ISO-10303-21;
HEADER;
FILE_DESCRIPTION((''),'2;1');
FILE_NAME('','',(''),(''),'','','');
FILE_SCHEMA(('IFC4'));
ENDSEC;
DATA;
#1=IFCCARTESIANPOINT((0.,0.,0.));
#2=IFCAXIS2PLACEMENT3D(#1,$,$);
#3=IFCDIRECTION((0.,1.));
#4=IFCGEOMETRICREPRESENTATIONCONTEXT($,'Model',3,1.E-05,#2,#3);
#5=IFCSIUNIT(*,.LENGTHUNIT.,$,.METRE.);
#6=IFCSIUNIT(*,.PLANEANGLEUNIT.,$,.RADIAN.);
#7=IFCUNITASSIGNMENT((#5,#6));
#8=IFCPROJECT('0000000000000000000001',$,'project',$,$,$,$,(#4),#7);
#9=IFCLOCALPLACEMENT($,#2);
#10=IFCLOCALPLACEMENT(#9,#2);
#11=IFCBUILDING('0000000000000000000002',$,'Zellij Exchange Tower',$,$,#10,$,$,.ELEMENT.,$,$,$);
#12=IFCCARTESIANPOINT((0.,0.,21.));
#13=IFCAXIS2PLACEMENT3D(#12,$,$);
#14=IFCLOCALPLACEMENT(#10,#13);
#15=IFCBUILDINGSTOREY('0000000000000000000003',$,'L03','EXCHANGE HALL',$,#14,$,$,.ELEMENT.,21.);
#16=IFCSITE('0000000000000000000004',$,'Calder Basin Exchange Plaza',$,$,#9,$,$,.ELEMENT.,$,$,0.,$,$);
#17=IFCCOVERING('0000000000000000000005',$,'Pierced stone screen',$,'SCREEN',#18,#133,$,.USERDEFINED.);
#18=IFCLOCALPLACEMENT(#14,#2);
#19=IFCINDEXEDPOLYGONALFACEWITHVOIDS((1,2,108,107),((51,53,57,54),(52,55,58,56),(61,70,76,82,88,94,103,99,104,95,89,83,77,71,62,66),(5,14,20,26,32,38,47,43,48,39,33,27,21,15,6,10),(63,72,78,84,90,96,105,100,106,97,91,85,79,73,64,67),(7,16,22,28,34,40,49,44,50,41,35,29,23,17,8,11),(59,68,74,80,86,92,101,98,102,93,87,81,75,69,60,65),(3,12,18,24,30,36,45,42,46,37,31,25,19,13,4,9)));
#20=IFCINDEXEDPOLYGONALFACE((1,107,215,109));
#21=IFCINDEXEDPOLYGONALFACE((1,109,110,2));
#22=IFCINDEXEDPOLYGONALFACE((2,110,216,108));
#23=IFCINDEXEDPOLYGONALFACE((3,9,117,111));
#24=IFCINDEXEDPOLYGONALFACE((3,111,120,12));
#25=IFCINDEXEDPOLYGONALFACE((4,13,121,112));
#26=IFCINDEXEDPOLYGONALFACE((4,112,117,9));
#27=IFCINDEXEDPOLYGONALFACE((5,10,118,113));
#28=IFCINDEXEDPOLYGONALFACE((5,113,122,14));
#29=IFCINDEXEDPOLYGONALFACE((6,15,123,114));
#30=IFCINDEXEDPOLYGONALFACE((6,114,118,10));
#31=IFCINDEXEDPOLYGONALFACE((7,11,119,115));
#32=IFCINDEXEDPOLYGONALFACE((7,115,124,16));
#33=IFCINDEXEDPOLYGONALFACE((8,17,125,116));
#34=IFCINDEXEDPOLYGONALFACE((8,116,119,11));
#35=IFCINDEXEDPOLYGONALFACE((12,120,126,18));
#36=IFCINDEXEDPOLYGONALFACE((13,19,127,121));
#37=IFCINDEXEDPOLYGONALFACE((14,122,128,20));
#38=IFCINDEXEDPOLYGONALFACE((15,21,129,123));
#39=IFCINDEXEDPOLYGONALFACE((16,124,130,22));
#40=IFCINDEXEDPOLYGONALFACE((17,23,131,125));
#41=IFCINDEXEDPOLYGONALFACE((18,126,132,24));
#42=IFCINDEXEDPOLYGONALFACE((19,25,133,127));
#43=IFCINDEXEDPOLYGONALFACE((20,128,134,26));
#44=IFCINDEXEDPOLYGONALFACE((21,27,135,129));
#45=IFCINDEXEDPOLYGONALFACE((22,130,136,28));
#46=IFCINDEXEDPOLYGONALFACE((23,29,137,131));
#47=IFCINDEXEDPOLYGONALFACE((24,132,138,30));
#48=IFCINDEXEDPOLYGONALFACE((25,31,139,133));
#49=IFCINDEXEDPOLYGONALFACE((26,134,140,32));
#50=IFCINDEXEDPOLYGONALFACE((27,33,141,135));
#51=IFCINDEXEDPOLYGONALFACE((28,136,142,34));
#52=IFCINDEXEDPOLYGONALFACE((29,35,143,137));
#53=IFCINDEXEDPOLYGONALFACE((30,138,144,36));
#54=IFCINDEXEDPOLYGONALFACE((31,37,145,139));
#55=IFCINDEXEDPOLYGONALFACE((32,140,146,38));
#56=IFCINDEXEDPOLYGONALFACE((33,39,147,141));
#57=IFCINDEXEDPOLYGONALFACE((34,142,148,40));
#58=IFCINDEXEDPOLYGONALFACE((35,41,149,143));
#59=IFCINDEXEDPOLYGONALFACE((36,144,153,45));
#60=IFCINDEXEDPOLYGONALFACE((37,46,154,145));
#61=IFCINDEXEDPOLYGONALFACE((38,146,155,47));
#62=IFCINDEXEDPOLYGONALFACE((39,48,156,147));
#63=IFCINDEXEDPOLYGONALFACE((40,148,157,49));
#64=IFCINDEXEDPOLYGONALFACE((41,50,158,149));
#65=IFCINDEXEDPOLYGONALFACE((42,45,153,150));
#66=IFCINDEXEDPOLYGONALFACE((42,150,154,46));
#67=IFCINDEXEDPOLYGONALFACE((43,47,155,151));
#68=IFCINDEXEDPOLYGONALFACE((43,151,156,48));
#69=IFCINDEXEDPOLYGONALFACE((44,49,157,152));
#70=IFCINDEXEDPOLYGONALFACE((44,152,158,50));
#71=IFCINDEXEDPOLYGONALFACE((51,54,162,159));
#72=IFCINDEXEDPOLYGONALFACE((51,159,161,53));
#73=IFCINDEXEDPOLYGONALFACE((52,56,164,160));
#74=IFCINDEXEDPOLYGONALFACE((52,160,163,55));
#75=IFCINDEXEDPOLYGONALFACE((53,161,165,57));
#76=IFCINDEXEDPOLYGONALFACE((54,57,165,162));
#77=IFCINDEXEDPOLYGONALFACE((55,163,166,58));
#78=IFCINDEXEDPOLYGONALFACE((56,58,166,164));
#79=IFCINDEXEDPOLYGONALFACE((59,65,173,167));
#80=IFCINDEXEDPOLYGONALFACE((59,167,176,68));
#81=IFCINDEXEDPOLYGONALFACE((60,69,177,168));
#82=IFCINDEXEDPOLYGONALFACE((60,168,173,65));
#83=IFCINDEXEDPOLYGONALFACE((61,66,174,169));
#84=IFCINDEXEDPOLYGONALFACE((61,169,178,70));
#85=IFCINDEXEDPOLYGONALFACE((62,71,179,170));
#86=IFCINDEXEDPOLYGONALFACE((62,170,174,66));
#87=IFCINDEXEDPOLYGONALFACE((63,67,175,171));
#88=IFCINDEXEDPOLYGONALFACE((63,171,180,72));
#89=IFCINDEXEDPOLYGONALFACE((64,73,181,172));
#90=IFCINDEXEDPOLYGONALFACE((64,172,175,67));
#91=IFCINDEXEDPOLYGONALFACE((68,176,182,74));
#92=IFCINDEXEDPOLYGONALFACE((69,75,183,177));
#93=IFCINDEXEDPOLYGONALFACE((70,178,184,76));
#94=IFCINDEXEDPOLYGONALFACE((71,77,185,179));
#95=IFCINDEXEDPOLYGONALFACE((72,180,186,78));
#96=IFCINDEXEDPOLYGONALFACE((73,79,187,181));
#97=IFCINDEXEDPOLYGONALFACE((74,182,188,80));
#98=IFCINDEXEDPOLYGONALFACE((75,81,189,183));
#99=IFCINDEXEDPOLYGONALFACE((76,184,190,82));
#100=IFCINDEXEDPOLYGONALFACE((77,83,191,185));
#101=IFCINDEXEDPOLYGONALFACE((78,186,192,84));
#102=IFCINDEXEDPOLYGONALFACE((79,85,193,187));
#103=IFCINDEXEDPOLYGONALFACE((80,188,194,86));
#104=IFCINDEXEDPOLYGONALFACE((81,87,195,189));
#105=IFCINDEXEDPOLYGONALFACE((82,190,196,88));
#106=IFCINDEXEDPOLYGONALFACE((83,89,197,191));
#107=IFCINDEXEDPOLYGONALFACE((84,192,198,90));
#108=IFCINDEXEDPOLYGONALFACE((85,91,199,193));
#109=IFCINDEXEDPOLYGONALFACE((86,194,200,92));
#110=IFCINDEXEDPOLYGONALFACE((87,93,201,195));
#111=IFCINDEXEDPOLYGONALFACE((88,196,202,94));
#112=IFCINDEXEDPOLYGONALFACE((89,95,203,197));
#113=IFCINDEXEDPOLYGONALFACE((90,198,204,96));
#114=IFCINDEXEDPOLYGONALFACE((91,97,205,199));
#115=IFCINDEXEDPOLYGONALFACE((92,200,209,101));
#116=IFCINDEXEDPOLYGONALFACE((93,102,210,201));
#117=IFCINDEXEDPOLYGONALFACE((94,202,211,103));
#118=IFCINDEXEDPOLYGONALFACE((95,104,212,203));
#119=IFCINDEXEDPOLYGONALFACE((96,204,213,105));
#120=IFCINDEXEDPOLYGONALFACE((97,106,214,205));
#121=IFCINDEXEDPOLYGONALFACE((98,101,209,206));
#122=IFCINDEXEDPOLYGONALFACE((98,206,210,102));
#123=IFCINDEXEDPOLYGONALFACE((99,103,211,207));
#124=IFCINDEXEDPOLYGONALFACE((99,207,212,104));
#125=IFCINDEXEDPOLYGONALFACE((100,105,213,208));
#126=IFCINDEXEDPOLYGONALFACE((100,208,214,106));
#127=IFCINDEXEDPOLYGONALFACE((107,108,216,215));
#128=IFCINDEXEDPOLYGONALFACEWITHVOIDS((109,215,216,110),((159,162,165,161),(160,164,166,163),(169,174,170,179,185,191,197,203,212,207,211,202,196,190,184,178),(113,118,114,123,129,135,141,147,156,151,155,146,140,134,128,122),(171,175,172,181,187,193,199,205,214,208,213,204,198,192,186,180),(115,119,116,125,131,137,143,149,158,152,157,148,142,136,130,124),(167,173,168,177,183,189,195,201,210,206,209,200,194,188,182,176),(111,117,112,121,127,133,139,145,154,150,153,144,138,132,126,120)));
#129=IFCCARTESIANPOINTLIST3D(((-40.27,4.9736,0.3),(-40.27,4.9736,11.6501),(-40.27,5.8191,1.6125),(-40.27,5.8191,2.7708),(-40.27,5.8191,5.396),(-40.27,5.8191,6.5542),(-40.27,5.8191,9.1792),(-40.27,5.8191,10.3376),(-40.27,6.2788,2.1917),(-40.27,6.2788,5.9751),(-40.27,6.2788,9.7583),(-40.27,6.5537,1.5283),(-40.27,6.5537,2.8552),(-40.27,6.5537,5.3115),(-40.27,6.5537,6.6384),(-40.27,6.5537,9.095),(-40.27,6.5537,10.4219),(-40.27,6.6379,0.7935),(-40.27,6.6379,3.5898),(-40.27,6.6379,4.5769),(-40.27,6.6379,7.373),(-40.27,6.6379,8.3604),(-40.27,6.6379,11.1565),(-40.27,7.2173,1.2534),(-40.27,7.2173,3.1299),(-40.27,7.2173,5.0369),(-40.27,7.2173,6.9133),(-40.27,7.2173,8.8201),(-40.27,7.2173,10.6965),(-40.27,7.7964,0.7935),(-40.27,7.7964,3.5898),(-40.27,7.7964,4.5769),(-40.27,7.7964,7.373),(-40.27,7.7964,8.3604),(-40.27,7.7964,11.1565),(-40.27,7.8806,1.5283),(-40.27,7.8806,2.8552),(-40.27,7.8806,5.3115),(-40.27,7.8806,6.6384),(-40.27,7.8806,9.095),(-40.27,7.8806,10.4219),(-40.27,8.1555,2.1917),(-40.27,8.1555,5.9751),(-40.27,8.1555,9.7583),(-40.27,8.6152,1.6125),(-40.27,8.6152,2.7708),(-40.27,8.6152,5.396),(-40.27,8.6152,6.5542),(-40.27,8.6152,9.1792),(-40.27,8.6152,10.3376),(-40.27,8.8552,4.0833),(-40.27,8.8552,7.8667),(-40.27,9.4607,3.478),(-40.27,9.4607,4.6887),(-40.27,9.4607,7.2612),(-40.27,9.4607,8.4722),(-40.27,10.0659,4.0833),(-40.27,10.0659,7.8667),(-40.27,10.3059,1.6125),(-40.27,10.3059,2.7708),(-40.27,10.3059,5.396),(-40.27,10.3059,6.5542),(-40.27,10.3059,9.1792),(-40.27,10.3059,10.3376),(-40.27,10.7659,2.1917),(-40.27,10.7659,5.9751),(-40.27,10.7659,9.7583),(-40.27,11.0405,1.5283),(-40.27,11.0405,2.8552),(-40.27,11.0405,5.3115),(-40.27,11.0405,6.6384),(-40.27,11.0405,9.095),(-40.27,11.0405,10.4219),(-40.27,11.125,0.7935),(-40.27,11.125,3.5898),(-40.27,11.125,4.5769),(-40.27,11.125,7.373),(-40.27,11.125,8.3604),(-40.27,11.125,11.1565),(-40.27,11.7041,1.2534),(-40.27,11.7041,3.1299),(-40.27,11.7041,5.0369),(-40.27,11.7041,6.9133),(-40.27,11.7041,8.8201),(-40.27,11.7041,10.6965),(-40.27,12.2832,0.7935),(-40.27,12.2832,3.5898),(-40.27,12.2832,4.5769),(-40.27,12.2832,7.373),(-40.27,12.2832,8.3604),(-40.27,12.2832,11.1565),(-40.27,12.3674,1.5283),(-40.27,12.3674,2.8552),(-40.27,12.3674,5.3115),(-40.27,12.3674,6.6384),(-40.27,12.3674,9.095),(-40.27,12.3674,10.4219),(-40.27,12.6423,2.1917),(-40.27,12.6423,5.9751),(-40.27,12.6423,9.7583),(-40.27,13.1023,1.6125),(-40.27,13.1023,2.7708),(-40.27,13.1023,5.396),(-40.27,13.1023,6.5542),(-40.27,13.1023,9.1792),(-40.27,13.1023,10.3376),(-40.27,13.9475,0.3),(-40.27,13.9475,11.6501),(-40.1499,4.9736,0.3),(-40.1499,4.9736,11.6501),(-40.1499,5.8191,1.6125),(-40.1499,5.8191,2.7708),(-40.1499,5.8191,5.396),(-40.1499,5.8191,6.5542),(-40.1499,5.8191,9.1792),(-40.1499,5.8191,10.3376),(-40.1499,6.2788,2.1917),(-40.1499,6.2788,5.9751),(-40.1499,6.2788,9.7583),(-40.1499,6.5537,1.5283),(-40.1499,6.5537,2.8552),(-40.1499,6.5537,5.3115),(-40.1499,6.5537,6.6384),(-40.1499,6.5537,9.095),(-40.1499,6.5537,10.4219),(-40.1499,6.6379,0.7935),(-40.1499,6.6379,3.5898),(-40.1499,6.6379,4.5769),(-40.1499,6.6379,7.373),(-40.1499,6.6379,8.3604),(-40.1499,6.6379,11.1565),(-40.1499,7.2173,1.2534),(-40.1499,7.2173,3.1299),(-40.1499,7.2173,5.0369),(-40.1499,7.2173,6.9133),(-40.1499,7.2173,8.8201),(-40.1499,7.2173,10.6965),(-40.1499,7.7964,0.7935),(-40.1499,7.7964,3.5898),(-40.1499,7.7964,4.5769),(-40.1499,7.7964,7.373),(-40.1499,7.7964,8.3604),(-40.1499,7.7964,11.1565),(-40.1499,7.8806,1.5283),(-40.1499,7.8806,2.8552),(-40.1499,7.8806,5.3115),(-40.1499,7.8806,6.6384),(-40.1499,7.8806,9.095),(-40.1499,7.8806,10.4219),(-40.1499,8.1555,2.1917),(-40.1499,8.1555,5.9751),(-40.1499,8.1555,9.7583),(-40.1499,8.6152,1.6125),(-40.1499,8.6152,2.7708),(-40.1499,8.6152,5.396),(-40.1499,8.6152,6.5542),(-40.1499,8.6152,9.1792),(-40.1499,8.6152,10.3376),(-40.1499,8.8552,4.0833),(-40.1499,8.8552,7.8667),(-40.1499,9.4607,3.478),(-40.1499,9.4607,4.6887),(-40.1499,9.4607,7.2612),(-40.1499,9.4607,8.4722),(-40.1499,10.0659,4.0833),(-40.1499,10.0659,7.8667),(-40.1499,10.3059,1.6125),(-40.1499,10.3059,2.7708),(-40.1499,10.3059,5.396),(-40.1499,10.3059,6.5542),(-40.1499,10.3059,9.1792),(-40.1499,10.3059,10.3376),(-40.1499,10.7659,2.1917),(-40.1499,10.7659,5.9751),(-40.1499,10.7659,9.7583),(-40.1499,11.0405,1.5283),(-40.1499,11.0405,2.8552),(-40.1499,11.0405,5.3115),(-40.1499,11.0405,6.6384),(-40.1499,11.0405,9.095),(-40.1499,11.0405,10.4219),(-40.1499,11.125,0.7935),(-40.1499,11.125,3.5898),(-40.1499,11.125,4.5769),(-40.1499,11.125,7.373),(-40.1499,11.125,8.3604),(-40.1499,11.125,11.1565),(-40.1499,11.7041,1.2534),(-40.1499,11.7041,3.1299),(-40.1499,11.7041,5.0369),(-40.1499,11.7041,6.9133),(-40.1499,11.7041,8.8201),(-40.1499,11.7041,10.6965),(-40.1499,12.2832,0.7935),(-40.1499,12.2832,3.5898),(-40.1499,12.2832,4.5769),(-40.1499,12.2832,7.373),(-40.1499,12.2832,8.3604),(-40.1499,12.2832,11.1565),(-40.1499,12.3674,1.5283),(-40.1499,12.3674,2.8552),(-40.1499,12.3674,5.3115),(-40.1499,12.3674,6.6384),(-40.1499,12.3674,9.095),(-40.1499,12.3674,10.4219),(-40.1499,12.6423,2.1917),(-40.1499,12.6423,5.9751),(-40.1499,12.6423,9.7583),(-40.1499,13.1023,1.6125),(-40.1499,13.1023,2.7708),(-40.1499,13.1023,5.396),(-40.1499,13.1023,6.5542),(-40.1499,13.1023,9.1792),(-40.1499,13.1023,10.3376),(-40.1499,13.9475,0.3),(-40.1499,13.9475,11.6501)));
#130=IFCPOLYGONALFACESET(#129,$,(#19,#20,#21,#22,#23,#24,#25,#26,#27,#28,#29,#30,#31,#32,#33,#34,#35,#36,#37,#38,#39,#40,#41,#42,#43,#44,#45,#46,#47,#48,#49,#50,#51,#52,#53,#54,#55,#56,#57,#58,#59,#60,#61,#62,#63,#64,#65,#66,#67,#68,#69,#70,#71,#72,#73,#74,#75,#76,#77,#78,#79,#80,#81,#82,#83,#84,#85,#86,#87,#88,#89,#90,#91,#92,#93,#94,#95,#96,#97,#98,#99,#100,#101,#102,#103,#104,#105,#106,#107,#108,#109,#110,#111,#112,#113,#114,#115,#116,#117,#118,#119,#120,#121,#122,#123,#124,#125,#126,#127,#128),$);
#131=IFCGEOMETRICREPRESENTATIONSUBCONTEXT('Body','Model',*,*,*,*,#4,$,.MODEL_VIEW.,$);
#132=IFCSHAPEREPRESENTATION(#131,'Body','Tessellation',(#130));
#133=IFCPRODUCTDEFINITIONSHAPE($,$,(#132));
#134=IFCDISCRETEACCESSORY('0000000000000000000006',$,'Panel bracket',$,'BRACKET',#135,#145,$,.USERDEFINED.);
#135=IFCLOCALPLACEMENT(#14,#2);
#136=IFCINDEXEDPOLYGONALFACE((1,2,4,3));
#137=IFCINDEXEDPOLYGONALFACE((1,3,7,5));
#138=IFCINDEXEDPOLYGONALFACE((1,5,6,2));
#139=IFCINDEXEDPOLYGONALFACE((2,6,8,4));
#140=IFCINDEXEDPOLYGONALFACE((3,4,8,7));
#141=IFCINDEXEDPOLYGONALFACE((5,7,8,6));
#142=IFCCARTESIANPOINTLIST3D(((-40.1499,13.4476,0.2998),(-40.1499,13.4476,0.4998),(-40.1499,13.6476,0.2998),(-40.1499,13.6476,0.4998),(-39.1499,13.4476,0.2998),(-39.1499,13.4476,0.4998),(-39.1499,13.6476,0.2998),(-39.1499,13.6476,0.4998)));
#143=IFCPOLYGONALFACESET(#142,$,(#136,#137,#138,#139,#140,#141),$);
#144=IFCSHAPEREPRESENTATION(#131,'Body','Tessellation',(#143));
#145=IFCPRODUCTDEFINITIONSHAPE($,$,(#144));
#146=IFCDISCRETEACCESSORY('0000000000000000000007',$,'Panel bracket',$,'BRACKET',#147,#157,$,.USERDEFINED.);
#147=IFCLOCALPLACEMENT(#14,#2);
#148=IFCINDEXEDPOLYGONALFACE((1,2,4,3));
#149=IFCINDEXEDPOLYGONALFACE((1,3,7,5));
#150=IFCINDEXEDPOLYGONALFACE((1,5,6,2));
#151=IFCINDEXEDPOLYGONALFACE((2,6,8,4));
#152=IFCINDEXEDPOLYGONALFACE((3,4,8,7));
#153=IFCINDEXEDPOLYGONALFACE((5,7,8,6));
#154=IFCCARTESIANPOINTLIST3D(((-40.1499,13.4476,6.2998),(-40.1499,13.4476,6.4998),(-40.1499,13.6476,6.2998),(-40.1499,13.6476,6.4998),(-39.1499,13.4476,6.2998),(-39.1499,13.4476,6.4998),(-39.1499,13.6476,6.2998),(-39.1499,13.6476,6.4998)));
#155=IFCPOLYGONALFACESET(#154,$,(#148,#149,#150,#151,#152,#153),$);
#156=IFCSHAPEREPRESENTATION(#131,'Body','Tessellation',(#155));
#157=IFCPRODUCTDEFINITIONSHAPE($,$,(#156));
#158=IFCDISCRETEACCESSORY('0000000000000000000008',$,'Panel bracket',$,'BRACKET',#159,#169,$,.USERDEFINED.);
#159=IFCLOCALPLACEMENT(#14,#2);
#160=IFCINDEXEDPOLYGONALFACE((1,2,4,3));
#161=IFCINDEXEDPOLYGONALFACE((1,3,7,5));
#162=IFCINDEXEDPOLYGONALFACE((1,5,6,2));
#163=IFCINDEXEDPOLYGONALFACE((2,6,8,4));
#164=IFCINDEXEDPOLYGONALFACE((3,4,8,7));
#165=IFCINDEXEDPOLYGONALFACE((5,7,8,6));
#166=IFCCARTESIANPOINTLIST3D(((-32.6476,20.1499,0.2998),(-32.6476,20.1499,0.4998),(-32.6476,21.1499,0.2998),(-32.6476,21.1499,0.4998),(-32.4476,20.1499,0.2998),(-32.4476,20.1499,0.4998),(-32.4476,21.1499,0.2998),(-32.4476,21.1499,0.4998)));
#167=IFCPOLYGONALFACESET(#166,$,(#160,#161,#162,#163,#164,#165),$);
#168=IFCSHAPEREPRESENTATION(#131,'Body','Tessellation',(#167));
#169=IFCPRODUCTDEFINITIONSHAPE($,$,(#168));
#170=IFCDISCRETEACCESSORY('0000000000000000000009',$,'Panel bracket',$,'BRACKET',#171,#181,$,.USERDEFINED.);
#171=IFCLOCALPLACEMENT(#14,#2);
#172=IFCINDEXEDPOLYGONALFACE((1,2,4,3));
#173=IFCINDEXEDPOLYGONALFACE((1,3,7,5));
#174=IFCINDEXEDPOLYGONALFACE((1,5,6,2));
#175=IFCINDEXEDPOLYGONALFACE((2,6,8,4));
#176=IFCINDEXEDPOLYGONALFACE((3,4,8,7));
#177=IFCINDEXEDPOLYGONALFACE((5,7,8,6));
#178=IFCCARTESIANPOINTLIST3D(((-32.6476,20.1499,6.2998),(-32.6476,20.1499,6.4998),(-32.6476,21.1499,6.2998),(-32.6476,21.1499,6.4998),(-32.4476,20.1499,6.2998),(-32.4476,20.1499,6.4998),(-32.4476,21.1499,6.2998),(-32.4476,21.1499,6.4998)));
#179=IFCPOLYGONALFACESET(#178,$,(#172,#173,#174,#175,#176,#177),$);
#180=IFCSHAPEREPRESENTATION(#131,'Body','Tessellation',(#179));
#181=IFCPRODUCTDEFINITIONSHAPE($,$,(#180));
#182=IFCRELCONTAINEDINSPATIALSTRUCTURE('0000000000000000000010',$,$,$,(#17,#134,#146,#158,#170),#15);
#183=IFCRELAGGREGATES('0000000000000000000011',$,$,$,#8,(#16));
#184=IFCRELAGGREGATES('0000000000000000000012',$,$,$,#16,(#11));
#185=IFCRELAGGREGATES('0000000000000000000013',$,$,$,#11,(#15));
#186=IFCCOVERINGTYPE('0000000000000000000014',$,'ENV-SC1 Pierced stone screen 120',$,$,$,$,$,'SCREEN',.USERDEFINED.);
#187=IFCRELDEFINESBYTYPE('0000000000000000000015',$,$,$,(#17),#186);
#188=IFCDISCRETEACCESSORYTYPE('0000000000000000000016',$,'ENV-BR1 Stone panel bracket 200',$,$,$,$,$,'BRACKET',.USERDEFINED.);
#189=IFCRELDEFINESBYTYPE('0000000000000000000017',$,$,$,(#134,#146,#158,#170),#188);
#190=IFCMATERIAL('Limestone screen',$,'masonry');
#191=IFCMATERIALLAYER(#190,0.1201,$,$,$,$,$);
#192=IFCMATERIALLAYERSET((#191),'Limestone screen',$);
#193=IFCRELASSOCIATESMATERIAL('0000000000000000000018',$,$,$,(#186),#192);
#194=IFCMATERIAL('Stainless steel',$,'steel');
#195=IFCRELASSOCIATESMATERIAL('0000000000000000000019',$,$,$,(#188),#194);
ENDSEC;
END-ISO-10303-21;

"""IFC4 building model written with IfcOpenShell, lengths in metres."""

from ifc_helpers import new_model, si_unit, direction, frame, origin, origin_2d, place, context, subcontext, project, spatial, polyline, rectangle, outline, extrude, material, layer, layer_set, type_object, element, save


model = new_model("IFC4")

# Units and contexts
model_context = context("Model", 3, precision=1e-05, world=origin(), true_north=direction((0.0, 1.0)))
body_context = subcontext(model_context, "Body", "Model", "MODEL_VIEW")
ifc_project = project(units=[si_unit("LENGTHUNIT", "METRE"), si_unit("PLANEANGLEUNIT", "RADIAN")], contexts=[model_context])

# Site, building, storey
site_placement = place(None, origin())
site = spatial("IfcSite", under=ifc_project, at=site_placement, Name="Calder Basin Exchange Plaza", CompositionType="ELEMENT", RefElevation=0.0)
building_placement = place(site_placement, origin())
building = spatial("IfcBuilding", under=site, at=building_placement, Name="Zellij Exchange Tower", CompositionType="ELEMENT")
storey_placement = place(building_placement, frame((0.0, 0.0, 21.0)))
storey = spatial("IfcBuildingStorey", under=building, at=storey_placement, Name="L03", Description="EXCHANGE HALL", CompositionType="ELEMENT", Elevation=21.0)

# Covering
ifc_material_1 = material(Name="Limestone screen", Category="masonry")
ifc_layer_1 = layer(ifc_material_1, 0.1201)
ifc_layer_set_1 = layer_set([ifc_layer_1], Name="Limestone screen")
covering_type = type_object("IfcCoveringType", Name="ENV-SC1 Pierced stone screen 120", ElementType="SCREEN", PredefinedType="USERDEFINED", material=ifc_layer_set_1)
covering_placement = place(storey_placement, frame((-40.21, 13.9475, 0.3), z_axis=(0.0, 0.0, 1.0), x_axis=(0.0, -1.0, 0.0)))
element("IfcCovering", 1, at=covering_placement, inside=storey, type_object=covering_type, Name="Pierced stone screen", ObjectType="SCREEN", PredefinedType="USERDEFINED", context=body_context, shape_type="SweptSolid", body=[
    extrude(outline(polyline([(0.0, 0.0), (8.9739, 0.0), (8.9739, 11.3501), (0.0, 11.3501), (0.0, 0.0)]), holes=[polyline([(3.6416, 2.4707), (2.907, 2.5552), (2.8225, 3.2898), (2.2434, 2.8298), (1.6643, 3.2898), (1.5801, 2.5552), (0.8452, 2.4707), (1.3052, 1.8916), (0.8452, 1.3125), (1.5801, 1.2283), (1.6643, 0.4934), (2.2434, 0.9534), (2.8225, 0.4934), (2.907, 1.2283), (3.6416, 1.3125), (3.1816, 1.8916), (3.6416, 2.4707)]), polyline([(3.6416, 6.2542), (2.907, 6.3384), (2.8225, 7.073), (2.2434, 6.6133), (1.6643, 7.073), (1.5801, 6.3384), (0.8452, 6.2542), (1.3052, 5.675), (0.8452, 5.0959), (1.5801, 5.0115), (1.6643, 4.2769), (2.2434, 4.7368), (2.8225, 4.2769), (2.907, 5.0115), (3.6416, 5.0959), (3.1816, 5.675), (3.6416, 6.2542)]), polyline([(3.6416, 10.0376), (2.907, 10.1218), (2.8225, 10.8564), (2.2434, 10.3965), (1.6643, 10.8564), (1.5801, 10.1218), (0.8452, 10.0376), (1.3052, 9.4583), (0.8452, 8.8792), (1.5801, 8.7949), (1.6643, 8.0603), (2.2434, 8.52), (2.8225, 8.0603), (2.907, 8.7949), (3.6416, 8.8792), (3.1816, 9.4583), (3.6416, 10.0376)]), polyline([(8.1284, 2.4707), (7.3938, 2.5552), (7.3096, 3.2898), (6.7302, 2.8298), (6.1511, 3.2898), (6.0669, 2.5552), (5.3323, 2.4707), (5.792, 1.8916), (5.3323, 1.3125), (6.0669, 1.2283), (6.1511, 0.4934), (6.7302, 0.9534), (7.3096, 0.4934), (7.3938, 1.2283), (8.1284, 1.3125), (7.6687, 1.8916), (8.1284, 2.4707)]), polyline([(8.1284, 6.2542), (7.3938, 6.3384), (7.3096, 7.073), (6.7302, 6.6133), (6.1511, 7.073), (6.0669, 6.3384), (5.3323, 6.2542), (5.792, 5.675), (5.3323, 5.0959), (6.0669, 5.0115), (6.1511, 4.2769), (6.7302, 4.7368), (7.3096, 4.2769), (7.3938, 5.0115), (8.1284, 5.0959), (7.6687, 5.675), (8.1284, 6.2542)]), polyline([(8.1284, 10.0376), (7.3938, 10.1218), (7.3096, 10.8564), (6.7302, 10.3965), (6.1511, 10.8564), (6.0669, 10.1218), (5.3323, 10.0376), (5.792, 9.4583), (5.3323, 8.8792), (6.0669, 8.7949), (6.1511, 8.0603), (6.7302, 8.52), (7.3096, 8.0603), (7.3938, 8.7949), (8.1284, 8.8792), (7.6687, 9.4583), (8.1284, 10.0376)]), polyline([(5.0923, 3.7832), (4.4868, 4.3887), (3.8816, 3.7832), (4.4868, 3.178), (5.0923, 3.7832)]), polyline([(5.0923, 7.5667), (4.4868, 8.1721), (3.8816, 7.5667), (4.4868, 6.9612), (5.0923, 7.5667)])]), frame((0.0, 0.0601, 0.0), z_axis=(0.0, -1.0, 0.0), x_axis=(1.0, 0.0, 0.0)), (0.0, 0.0, 1.0), 0.1201),
])

# Discrete accessories
ifc_material_2 = material(Name="Stainless steel", Category="steel")
discrete_accessory_type = type_object("IfcDiscreteAccessoryType", Name="ENV-BR1 Stone panel bracket 200", ElementType="BRACKET", PredefinedType="USERDEFINED", material=ifc_material_2)
for number, where, z_axis, x_axis, name in (
    (2, (-39.6499, 13.5476, 0.2998), (0.0, 0.0, 1.0), (0.0, -1.0, 0.0), "Panel bracket"),
    (3, (-39.6499, 13.5476, 6.2998), (0.0, 0.0, 1.0), (0.0, -1.0, 0.0), "Panel bracket"),
    (4, (-32.5476, 20.6499, 0.2998), (0.0, 0.0, 1.0), (-1.0, 0.0, 0.0), "Panel bracket"),
    (5, (-32.5476, 20.6499, 6.2998), (0.0, 0.0, 1.0), (-1.0, 0.0, 0.0), "Panel bracket"),
):
    element("IfcDiscreteAccessory", number, at=place(storey_placement, frame(where, z_axis=z_axis, x_axis=x_axis)), inside=storey, type_object=discrete_accessory_type, Name=name, ObjectType="BRACKET", PredefinedType="USERDEFINED", context=body_context, shape_type="SweptSolid", body=[
        extrude(rectangle(XDim=0.2, YDim=1.0, at=origin_2d()), origin(), (0.0, 0.0, 1.0), 0.2),
    ])

save(model, "model.ifc")
